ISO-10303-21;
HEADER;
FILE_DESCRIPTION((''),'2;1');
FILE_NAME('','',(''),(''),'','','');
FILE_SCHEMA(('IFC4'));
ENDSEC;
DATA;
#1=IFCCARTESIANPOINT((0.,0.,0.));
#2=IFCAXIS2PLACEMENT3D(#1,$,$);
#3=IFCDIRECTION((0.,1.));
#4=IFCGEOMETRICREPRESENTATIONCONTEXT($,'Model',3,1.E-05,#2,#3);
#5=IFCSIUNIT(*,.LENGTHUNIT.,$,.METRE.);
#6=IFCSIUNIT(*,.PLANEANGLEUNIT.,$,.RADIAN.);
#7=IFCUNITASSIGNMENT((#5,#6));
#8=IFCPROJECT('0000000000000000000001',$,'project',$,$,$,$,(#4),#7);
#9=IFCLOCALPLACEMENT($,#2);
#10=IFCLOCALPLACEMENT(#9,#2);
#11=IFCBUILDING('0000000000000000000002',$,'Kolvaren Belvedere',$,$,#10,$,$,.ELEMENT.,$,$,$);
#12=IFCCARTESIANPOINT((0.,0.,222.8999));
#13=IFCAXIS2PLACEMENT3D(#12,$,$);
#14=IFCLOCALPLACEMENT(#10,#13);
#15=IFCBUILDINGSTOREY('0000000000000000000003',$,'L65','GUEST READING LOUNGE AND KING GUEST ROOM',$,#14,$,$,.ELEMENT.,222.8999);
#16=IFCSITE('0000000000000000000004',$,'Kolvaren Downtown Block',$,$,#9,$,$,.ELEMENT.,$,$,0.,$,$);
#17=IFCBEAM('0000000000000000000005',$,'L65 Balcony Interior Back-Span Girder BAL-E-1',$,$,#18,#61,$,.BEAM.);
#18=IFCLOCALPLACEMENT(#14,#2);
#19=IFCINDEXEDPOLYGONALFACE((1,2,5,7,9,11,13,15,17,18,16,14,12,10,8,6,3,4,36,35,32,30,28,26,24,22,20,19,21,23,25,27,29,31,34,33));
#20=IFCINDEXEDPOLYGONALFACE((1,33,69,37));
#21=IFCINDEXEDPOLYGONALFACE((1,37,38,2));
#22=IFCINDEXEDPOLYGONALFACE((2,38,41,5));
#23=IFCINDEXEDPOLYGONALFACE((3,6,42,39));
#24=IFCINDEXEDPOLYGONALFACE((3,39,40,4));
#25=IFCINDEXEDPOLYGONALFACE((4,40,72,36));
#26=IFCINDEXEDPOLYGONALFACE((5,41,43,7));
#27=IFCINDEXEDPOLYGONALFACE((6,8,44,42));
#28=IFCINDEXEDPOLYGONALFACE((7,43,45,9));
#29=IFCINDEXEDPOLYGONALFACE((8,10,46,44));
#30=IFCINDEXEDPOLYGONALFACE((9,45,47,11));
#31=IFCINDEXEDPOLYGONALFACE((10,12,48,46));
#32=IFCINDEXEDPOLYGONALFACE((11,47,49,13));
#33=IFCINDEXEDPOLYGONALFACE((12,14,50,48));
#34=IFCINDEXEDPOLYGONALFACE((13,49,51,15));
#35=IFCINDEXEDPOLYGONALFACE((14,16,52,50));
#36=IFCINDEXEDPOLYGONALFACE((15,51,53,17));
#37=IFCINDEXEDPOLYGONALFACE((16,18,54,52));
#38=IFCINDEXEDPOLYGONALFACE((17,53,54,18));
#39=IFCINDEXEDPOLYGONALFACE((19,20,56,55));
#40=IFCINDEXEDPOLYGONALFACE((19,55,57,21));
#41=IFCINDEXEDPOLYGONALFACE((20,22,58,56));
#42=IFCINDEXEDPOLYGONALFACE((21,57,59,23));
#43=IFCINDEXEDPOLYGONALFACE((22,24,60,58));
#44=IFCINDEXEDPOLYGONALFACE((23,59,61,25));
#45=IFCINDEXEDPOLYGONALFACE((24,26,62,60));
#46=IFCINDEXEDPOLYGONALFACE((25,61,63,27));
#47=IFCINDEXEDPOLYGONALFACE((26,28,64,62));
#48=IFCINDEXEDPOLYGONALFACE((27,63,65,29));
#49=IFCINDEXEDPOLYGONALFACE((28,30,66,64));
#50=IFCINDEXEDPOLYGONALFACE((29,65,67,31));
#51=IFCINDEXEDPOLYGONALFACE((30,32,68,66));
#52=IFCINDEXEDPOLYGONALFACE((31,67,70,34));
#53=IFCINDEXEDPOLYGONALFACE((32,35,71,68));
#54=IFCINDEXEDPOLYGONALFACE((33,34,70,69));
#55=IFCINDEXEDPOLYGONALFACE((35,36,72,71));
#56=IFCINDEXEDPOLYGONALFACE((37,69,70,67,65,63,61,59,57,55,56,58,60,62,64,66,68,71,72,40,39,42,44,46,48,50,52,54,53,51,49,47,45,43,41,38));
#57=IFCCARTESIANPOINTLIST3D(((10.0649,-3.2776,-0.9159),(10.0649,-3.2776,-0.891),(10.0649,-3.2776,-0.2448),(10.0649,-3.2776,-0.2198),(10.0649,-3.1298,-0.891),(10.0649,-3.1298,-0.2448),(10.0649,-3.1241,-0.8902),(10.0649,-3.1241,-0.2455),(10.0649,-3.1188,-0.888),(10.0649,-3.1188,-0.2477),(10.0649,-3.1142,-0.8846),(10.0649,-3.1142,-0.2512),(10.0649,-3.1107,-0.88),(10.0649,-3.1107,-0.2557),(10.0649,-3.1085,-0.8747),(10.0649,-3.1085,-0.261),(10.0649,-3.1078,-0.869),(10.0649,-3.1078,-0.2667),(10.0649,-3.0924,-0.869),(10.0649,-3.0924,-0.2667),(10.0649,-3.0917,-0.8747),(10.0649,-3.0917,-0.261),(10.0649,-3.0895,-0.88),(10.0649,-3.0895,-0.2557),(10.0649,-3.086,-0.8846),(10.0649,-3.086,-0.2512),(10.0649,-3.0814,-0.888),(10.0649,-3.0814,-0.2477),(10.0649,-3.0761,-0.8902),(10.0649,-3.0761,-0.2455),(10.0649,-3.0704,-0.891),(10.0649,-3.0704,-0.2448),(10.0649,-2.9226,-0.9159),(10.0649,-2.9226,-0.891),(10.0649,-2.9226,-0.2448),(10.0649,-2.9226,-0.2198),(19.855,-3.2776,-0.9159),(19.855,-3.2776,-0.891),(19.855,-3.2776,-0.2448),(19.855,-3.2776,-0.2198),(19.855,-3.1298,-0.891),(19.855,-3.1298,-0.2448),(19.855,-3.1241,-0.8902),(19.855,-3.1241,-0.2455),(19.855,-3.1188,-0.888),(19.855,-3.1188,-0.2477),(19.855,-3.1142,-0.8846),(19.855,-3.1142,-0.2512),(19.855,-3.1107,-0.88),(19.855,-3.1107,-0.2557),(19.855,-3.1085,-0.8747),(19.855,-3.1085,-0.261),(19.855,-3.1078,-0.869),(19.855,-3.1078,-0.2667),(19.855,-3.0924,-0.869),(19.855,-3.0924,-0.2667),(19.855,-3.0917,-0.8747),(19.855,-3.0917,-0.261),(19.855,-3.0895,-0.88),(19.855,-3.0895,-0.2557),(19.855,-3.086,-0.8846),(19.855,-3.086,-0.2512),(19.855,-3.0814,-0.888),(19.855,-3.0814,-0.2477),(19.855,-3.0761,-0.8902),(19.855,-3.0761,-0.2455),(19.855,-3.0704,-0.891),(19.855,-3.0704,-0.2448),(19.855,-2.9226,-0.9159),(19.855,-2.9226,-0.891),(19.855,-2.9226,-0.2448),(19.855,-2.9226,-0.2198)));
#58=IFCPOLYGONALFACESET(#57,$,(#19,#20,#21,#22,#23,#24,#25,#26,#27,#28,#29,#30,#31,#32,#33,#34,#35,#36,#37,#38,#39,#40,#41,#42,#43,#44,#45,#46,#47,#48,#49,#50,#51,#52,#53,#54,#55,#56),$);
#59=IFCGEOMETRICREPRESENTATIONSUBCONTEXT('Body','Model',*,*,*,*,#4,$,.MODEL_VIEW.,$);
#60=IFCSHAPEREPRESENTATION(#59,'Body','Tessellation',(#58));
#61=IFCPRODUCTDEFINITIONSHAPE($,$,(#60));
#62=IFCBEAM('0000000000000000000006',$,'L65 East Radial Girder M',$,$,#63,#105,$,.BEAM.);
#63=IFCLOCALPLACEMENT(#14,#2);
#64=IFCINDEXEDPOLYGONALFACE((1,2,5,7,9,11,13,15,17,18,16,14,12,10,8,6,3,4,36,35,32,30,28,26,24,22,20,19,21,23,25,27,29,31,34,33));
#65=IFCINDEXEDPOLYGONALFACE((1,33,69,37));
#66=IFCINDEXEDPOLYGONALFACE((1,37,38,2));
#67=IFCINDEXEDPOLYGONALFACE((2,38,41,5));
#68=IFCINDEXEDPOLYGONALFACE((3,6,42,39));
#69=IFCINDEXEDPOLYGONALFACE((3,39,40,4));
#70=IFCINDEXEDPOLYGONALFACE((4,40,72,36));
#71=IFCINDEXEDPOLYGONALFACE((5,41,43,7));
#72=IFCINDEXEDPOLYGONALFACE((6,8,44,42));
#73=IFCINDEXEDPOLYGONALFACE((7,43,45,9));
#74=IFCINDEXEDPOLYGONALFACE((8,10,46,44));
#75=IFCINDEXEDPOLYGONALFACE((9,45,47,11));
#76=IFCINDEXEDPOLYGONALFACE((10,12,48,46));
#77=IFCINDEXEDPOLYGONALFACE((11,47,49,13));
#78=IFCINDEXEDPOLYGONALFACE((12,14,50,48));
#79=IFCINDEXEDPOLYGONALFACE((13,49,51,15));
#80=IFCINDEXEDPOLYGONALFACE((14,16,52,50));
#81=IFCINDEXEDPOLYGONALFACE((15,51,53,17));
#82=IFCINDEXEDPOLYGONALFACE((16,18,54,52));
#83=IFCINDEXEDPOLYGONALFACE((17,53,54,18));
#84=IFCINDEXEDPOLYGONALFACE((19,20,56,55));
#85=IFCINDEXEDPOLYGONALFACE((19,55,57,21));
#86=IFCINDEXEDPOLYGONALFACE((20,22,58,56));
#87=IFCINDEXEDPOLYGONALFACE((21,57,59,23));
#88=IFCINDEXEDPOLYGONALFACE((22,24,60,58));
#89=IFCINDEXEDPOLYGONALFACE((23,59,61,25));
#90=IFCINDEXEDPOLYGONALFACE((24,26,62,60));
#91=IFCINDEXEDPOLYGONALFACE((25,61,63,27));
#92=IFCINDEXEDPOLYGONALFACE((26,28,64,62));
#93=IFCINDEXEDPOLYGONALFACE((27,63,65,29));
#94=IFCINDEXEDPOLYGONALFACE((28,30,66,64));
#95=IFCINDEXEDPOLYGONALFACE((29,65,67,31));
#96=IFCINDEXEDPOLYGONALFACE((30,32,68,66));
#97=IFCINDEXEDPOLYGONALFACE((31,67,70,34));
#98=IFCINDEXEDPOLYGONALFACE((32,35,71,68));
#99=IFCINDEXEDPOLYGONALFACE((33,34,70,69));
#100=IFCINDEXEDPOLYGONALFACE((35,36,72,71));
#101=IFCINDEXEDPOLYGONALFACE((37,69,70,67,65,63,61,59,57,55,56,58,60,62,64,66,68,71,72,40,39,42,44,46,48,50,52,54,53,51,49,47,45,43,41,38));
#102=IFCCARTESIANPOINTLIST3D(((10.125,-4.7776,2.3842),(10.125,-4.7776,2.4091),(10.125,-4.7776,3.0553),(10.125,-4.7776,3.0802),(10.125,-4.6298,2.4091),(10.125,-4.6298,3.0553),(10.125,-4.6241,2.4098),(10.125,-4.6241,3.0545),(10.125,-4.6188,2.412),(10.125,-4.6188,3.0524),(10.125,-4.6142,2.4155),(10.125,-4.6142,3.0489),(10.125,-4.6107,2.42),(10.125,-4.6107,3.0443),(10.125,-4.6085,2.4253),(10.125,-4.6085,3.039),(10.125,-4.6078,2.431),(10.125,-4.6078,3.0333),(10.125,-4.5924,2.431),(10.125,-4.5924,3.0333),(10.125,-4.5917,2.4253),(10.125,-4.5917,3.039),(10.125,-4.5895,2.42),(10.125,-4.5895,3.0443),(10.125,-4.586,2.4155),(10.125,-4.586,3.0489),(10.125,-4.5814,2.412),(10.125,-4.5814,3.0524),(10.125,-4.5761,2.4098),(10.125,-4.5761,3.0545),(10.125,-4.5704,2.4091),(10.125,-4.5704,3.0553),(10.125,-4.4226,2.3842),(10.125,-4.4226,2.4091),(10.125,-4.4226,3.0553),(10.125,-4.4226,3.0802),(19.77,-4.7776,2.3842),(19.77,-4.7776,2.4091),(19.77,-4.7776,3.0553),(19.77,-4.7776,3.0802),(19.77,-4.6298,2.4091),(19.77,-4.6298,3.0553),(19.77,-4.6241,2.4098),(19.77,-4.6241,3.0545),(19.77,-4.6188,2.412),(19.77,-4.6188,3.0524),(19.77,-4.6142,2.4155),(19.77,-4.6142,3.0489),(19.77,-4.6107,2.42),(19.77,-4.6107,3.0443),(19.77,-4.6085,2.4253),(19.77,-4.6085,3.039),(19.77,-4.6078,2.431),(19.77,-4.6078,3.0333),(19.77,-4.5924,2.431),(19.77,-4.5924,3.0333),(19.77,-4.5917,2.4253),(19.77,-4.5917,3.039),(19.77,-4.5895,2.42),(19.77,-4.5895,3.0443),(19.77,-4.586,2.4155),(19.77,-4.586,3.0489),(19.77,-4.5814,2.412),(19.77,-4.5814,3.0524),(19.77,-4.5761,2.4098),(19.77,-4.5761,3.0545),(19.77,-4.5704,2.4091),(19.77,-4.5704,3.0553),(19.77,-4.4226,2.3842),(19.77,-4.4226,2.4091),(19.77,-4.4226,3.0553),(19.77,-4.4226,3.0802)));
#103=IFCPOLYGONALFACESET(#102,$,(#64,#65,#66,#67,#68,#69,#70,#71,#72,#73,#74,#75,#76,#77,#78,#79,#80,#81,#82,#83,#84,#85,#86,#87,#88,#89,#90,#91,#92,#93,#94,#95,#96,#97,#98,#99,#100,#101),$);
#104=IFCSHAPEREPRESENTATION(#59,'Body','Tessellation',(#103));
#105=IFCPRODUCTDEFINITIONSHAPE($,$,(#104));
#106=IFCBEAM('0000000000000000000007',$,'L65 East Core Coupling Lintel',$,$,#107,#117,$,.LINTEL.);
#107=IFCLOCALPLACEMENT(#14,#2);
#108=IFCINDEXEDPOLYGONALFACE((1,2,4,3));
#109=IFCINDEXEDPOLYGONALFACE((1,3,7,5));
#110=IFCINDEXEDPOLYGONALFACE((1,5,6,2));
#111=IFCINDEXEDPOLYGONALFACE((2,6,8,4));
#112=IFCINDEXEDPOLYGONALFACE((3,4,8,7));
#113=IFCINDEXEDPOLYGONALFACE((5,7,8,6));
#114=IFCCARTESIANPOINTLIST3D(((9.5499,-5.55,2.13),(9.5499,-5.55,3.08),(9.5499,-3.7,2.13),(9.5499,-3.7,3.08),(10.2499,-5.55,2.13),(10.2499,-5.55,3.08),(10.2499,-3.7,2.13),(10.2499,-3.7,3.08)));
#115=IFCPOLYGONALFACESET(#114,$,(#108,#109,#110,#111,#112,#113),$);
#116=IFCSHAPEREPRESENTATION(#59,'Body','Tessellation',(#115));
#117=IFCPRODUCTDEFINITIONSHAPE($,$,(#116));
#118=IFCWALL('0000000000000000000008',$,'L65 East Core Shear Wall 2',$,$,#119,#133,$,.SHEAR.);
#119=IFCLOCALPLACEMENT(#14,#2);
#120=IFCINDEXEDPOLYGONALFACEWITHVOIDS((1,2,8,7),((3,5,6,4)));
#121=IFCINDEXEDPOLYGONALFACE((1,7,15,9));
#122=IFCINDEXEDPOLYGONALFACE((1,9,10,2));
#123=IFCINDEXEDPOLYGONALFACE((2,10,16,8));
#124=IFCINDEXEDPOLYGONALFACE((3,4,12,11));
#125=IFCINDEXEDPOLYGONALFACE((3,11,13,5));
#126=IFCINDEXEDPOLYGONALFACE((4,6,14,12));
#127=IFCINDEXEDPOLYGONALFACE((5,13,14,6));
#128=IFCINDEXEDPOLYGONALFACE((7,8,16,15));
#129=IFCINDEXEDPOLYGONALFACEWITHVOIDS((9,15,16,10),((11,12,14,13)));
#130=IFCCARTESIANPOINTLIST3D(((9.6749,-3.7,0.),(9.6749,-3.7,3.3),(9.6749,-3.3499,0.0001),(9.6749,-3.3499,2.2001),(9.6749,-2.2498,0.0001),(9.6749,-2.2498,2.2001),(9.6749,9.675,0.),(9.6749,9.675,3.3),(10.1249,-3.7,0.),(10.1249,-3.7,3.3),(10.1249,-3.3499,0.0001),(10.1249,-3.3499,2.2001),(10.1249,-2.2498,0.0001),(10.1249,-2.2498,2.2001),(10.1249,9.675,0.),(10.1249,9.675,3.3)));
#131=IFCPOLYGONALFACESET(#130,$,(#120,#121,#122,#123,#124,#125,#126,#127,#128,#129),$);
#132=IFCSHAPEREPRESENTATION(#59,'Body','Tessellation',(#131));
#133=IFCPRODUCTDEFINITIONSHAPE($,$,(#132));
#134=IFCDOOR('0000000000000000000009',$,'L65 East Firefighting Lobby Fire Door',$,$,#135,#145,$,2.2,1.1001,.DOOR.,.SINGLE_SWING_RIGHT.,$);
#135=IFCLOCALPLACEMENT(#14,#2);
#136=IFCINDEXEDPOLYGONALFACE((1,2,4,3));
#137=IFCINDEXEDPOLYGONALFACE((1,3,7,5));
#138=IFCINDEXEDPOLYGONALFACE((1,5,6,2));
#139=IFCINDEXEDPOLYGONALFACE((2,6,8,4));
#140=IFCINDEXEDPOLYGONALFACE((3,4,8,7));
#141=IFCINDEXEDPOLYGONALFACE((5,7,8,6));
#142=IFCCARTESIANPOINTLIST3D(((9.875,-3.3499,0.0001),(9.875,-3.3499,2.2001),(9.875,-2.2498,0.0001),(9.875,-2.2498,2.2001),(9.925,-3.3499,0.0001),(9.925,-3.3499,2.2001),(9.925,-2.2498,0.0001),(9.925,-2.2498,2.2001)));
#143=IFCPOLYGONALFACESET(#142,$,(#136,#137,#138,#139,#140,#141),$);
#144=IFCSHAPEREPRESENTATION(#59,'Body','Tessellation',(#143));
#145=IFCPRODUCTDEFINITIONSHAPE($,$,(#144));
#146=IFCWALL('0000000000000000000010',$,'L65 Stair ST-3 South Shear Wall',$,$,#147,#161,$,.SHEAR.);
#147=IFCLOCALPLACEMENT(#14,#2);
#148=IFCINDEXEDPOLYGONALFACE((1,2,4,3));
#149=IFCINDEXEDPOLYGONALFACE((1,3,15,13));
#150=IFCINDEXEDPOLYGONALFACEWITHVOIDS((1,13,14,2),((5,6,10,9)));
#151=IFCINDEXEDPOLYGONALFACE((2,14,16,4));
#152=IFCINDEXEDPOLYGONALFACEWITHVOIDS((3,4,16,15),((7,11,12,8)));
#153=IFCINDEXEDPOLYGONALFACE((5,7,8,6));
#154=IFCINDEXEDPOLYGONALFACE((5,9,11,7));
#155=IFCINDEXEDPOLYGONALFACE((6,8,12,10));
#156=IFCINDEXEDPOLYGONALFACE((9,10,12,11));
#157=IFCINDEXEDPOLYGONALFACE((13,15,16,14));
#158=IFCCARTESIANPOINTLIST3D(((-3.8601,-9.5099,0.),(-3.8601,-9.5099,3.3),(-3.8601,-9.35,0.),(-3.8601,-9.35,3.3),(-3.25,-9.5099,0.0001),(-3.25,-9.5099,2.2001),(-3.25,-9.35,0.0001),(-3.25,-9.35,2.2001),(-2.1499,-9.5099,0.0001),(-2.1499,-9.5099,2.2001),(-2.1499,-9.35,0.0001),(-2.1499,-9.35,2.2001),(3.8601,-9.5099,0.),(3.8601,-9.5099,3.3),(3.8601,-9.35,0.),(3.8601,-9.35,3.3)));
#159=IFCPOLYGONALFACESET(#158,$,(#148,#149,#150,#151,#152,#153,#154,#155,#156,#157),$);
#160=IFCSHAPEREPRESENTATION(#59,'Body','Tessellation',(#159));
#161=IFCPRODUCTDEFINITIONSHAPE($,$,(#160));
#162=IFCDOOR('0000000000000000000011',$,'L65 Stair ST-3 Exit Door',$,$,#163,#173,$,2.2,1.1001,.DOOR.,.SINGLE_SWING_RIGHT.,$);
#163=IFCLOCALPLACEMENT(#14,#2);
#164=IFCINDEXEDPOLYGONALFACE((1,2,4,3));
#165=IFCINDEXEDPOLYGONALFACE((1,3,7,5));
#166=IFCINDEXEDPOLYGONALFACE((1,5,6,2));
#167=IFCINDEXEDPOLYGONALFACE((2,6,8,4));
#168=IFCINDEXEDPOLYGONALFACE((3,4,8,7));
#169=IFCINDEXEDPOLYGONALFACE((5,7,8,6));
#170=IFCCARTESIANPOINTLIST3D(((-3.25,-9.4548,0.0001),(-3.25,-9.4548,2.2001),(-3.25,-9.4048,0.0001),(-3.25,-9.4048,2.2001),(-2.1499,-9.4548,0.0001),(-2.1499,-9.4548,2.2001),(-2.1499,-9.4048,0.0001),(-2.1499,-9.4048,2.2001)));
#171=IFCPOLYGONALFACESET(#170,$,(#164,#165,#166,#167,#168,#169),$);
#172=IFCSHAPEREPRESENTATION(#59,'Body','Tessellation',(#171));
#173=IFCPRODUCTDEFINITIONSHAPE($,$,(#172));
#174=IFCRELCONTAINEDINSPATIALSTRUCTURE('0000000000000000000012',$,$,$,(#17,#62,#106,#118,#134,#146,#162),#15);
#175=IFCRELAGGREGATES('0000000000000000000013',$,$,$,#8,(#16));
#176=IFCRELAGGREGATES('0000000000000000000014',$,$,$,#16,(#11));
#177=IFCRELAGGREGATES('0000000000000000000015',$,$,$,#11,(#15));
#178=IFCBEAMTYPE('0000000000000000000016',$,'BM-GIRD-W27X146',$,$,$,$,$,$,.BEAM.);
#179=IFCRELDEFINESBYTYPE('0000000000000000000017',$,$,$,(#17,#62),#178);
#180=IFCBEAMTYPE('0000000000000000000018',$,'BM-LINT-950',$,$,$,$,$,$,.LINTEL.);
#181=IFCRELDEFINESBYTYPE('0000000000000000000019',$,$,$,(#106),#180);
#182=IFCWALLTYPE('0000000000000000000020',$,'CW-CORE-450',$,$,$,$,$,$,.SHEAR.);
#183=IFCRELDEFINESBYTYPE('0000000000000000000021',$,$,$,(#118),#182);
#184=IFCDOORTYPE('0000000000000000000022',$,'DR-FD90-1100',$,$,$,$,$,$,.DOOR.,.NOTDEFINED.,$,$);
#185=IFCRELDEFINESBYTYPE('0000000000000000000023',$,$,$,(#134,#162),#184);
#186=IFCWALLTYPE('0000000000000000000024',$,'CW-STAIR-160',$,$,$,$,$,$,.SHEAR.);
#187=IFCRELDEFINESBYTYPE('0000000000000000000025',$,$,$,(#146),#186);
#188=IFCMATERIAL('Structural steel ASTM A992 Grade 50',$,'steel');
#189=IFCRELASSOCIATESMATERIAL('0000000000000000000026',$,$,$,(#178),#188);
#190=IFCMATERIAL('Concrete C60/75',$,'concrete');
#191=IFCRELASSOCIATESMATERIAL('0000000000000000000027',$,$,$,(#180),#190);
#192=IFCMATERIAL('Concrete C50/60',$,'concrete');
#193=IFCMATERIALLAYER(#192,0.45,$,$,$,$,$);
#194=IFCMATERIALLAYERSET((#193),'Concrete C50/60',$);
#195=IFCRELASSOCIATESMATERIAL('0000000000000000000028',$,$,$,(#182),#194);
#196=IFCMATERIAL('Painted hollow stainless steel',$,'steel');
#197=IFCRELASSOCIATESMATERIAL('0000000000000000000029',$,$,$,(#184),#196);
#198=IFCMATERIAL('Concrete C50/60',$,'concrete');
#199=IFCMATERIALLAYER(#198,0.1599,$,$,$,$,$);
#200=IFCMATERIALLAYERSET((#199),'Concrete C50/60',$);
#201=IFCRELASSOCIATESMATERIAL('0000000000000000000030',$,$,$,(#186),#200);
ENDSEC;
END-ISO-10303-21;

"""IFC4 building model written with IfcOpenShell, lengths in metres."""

from ifc_helpers import new_model, si_unit, direction, frame, frame_2d, origin, origin_2d, place, context, subcontext, project, spatial, rectangle, i_section, extrude, material, layer, layer_set, material_profile, profile_set, type_object, element, fill, save


model = new_model("IFC4")

# Units and contexts
model_context = context("Model", 3, precision=1e-05, world=origin(), true_north=direction((0.0, 1.0)))
body_context = subcontext(model_context, "Body", "Model", "MODEL_VIEW")
ifc_project = project(units=[si_unit("LENGTHUNIT", "METRE"), si_unit("PLANEANGLEUNIT", "RADIAN")], contexts=[model_context])

# Site, building, storey
site_placement = place(None, origin())
site = spatial("IfcSite", under=ifc_project, at=site_placement, Name="Kolvaren Downtown Block", CompositionType="ELEMENT", RefElevation=0.0)
building_placement = place(site_placement, origin())
building = spatial("IfcBuilding", under=site, at=building_placement, Name="Kolvaren Belvedere", CompositionType="ELEMENT")
storey_placement = place(building_placement, frame((0.0, 0.0, 222.8999)))
storey = spatial("IfcBuildingStorey", under=building, at=storey_placement, Name="L65", Description="GUEST READING LOUNGE AND KING GUEST ROOM", CompositionType="ELEMENT", Elevation=222.8999)

# Beams
ifc_material_1 = material(Name="Structural steel ASTM A992 Grade 50", Category="steel")
ifc_material_profile_1 = material_profile(ifc_material_1, i_section(OverallWidth=0.355, OverallDepth=0.696, WebThickness=0.0154, FlangeThickness=0.0249, FilletRadius=0.022, at=origin_2d()), Name="W27X146")
ifc_profile_set_1 = profile_set([ifc_material_profile_1], Name="Structural steel ASTM A992 Grade 50")
beam_type_1 = type_object("IfcBeamType", Name="BM-GIRD-W27X146", PredefinedType="BEAM", material=ifc_profile_set_1)
beam_1_placement = place(storey_placement, frame((10.0649, -3.1001, -0.5679), z_axis=(1.0, 0.0, 0.0), x_axis=(0.0, 1.0, 0.0)))
element("IfcBeam", 1, at=beam_1_placement, inside=storey, type_object=beam_type_1, Name="L65 Balcony Interior Back-Span Girder BAL-E-1", PredefinedType="BEAM", context=body_context, shape_type="SweptSolid", body=[
    extrude(i_section(OverallWidth=0.355, OverallDepth=0.696, WebThickness=0.0154, FlangeThickness=0.0249, FilletRadius=0.022, at=origin_2d()), origin(), (0.0, 0.0, 1.0), 9.79),
])
beam_2_placement = place(storey_placement, frame((10.125, -4.6001, 2.7322), z_axis=(1.0, 0.0, 0.0), x_axis=(0.0, 1.0, 0.0)))
element("IfcBeam", 2, at=beam_2_placement, inside=storey, type_object=beam_type_1, Name="L65 East Radial Girder M", PredefinedType="BEAM", context=body_context, shape_type="SweptSolid", body=[
    extrude(i_section(OverallWidth=0.355, OverallDepth=0.696, WebThickness=0.0154, FlangeThickness=0.0249, FilletRadius=0.022, at=origin_2d()), origin(), (0.0, 0.0, 1.0), 9.645),
])
ifc_material_2 = material(Name="Concrete C60/75", Category="concrete")
ifc_material_profile_2 = material_profile(ifc_material_2, rectangle(XDim=0.7, YDim=0.95, at=origin_2d()), Name="RC 700X950")
ifc_profile_set_2 = profile_set([ifc_material_profile_2], Name="Concrete C60/75")
beam_type_2 = type_object("IfcBeamType", Name="BM-LINT-950", PredefinedType="LINTEL", material=ifc_profile_set_2)
beam_3_placement = place(storey_placement, frame((9.8999, -5.55, 2.605), z_axis=(0.0, 1.0, 0.0), x_axis=(-1.0, 0.0, 0.0)))
element("IfcBeam", 3, at=beam_3_placement, inside=storey, type_object=beam_type_2, Name="L65 East Core Coupling Lintel", PredefinedType="LINTEL", context=body_context, shape_type="SweptSolid", body=[
    extrude(rectangle(XDim=0.7, YDim=0.95, at=origin_2d()), origin(), (0.0, 0.0, 1.0), 1.8501),
])

# Walls, openings, doors
ifc_material_3 = material(Name="Concrete C50/60", Category="concrete")
ifc_layer_1 = layer(ifc_material_3, 0.45)
ifc_layer_set_1 = layer_set([ifc_layer_1], Name="Concrete C50/60")
wall_type_1 = type_object("IfcWallType", Name="CW-CORE-450", PredefinedType="SHEAR", material=ifc_layer_set_1)
wall_1_placement = place(storey_placement, frame((9.8999, -3.7, 0.0), z_axis=(0.0, 0.0, 1.0), x_axis=(0.0, 1.0, 0.0)))
wall_1 = element("IfcWall", 4, at=wall_1_placement, inside=storey, type_object=wall_type_1, Name="L65 East Core Shear Wall 2", PredefinedType="SHEAR", context=body_context, shape_type="SweptSolid", body=[
    extrude(rectangle(XDim=13.375, YDim=0.45, at=frame_2d((6.6875, 0.0))), origin(), (0.0, 0.0, 1.0), 3.3),
])
opening_1_placement = place(wall_1_placement, frame((0.3501, 0.0, 0.0)))
opening_1 = element("IfcOpeningElement", 5, at=opening_1_placement, cuts=wall_1, PredefinedType="OPENING", context=body_context, shape_type="SweptSolid", body=[
    extrude(rectangle(XDim=1.1001, YDim=2.2, at=frame_2d((0.55, 1.1001))), frame((0.0, 0.2349, 0.0), z_axis=(0.0, -1.0, 0.0), x_axis=(1.0, 0.0, 0.0)), (0.0, 0.0, 1.0), 0.47),
])
ifc_material_4 = material(Name="Painted hollow stainless steel", Category="steel")
door_type_1 = type_object("IfcDoorType", Name="DR-FD90-1100", OperationType="NOTDEFINED", PredefinedType="DOOR", material=ifc_material_4)
door_1_placement = place(opening_1_placement, origin())
door_1 = element("IfcDoor", 6, at=door_1_placement, inside=storey, type_object=door_type_1, Name="L65 East Firefighting Lobby Fire Door", OperationType="SINGLE_SWING_RIGHT", OverallHeight=2.2, OverallWidth=1.1001, PredefinedType="DOOR", context=body_context, shape_type="SweptSolid", body=[
    extrude(rectangle(XDim=1.1001, YDim=2.2, at=frame_2d((0.55, 1.1001))), frame((0.0, 0.0249, 0.0), z_axis=(0.0, -1.0, 0.0), x_axis=(1.0, 0.0, 0.0)), (0.0, 0.0, 1.0), 0.05),
])
fill(opening_1, door_1)
ifc_material_5 = material(Name="Concrete C50/60", Category="concrete")
ifc_layer_2 = layer(ifc_material_5, 0.1599)
ifc_layer_set_2 = layer_set([ifc_layer_2], Name="Concrete C50/60")
wall_type_2 = type_object("IfcWallType", Name="CW-STAIR-160", PredefinedType="SHEAR", material=ifc_layer_set_2)
wall_2_placement = place(storey_placement, frame((3.8601, -9.4299, 0.0), z_axis=(0.0, 0.0, 1.0), x_axis=(-1.0, 0.0, 0.0)))
wall_2 = element("IfcWall", 7, at=wall_2_placement, inside=storey, type_object=wall_type_2, Name="L65 Stair ST-3 South Shear Wall", PredefinedType="SHEAR", context=body_context, shape_type="SweptSolid", body=[
    extrude(rectangle(XDim=7.7202, YDim=0.1599, at=frame_2d((3.8601, 0.0))), origin(), (0.0, 0.0, 1.0), 3.3),
])
opening_2_placement = place(wall_2_placement, frame((6.01, 0.0, 0.0)))
opening_2 = element("IfcOpeningElement", 8, at=opening_2_placement, cuts=wall_2, PredefinedType="OPENING", context=body_context, shape_type="SweptSolid", body=[
    extrude(rectangle(XDim=1.1001, YDim=2.2, at=frame_2d((0.55, 1.1001))), frame((0.0, 0.0898, 0.0), z_axis=(0.0, -1.0, 0.0), x_axis=(1.0, 0.0, 0.0)), (0.0, 0.0, 1.0), 0.1799),
])
door_2_placement = place(opening_2_placement, origin())
door_2 = element("IfcDoor", 9, at=door_2_placement, inside=storey, type_object=door_type_1, Name="L65 Stair ST-3 Exit Door", OperationType="SINGLE_SWING_RIGHT", OverallHeight=2.2, OverallWidth=1.1001, PredefinedType="DOOR", context=body_context, shape_type="SweptSolid", body=[
    extrude(rectangle(XDim=1.1001, YDim=2.2, at=frame_2d((0.55, 1.1001))), frame((0.0, 0.0249, 0.0), z_axis=(0.0, -1.0, 0.0), x_axis=(1.0, 0.0, 0.0)), (0.0, 0.0, 1.0), 0.05),
])
fill(opening_2, door_2)

save(model, "model.ifc")
